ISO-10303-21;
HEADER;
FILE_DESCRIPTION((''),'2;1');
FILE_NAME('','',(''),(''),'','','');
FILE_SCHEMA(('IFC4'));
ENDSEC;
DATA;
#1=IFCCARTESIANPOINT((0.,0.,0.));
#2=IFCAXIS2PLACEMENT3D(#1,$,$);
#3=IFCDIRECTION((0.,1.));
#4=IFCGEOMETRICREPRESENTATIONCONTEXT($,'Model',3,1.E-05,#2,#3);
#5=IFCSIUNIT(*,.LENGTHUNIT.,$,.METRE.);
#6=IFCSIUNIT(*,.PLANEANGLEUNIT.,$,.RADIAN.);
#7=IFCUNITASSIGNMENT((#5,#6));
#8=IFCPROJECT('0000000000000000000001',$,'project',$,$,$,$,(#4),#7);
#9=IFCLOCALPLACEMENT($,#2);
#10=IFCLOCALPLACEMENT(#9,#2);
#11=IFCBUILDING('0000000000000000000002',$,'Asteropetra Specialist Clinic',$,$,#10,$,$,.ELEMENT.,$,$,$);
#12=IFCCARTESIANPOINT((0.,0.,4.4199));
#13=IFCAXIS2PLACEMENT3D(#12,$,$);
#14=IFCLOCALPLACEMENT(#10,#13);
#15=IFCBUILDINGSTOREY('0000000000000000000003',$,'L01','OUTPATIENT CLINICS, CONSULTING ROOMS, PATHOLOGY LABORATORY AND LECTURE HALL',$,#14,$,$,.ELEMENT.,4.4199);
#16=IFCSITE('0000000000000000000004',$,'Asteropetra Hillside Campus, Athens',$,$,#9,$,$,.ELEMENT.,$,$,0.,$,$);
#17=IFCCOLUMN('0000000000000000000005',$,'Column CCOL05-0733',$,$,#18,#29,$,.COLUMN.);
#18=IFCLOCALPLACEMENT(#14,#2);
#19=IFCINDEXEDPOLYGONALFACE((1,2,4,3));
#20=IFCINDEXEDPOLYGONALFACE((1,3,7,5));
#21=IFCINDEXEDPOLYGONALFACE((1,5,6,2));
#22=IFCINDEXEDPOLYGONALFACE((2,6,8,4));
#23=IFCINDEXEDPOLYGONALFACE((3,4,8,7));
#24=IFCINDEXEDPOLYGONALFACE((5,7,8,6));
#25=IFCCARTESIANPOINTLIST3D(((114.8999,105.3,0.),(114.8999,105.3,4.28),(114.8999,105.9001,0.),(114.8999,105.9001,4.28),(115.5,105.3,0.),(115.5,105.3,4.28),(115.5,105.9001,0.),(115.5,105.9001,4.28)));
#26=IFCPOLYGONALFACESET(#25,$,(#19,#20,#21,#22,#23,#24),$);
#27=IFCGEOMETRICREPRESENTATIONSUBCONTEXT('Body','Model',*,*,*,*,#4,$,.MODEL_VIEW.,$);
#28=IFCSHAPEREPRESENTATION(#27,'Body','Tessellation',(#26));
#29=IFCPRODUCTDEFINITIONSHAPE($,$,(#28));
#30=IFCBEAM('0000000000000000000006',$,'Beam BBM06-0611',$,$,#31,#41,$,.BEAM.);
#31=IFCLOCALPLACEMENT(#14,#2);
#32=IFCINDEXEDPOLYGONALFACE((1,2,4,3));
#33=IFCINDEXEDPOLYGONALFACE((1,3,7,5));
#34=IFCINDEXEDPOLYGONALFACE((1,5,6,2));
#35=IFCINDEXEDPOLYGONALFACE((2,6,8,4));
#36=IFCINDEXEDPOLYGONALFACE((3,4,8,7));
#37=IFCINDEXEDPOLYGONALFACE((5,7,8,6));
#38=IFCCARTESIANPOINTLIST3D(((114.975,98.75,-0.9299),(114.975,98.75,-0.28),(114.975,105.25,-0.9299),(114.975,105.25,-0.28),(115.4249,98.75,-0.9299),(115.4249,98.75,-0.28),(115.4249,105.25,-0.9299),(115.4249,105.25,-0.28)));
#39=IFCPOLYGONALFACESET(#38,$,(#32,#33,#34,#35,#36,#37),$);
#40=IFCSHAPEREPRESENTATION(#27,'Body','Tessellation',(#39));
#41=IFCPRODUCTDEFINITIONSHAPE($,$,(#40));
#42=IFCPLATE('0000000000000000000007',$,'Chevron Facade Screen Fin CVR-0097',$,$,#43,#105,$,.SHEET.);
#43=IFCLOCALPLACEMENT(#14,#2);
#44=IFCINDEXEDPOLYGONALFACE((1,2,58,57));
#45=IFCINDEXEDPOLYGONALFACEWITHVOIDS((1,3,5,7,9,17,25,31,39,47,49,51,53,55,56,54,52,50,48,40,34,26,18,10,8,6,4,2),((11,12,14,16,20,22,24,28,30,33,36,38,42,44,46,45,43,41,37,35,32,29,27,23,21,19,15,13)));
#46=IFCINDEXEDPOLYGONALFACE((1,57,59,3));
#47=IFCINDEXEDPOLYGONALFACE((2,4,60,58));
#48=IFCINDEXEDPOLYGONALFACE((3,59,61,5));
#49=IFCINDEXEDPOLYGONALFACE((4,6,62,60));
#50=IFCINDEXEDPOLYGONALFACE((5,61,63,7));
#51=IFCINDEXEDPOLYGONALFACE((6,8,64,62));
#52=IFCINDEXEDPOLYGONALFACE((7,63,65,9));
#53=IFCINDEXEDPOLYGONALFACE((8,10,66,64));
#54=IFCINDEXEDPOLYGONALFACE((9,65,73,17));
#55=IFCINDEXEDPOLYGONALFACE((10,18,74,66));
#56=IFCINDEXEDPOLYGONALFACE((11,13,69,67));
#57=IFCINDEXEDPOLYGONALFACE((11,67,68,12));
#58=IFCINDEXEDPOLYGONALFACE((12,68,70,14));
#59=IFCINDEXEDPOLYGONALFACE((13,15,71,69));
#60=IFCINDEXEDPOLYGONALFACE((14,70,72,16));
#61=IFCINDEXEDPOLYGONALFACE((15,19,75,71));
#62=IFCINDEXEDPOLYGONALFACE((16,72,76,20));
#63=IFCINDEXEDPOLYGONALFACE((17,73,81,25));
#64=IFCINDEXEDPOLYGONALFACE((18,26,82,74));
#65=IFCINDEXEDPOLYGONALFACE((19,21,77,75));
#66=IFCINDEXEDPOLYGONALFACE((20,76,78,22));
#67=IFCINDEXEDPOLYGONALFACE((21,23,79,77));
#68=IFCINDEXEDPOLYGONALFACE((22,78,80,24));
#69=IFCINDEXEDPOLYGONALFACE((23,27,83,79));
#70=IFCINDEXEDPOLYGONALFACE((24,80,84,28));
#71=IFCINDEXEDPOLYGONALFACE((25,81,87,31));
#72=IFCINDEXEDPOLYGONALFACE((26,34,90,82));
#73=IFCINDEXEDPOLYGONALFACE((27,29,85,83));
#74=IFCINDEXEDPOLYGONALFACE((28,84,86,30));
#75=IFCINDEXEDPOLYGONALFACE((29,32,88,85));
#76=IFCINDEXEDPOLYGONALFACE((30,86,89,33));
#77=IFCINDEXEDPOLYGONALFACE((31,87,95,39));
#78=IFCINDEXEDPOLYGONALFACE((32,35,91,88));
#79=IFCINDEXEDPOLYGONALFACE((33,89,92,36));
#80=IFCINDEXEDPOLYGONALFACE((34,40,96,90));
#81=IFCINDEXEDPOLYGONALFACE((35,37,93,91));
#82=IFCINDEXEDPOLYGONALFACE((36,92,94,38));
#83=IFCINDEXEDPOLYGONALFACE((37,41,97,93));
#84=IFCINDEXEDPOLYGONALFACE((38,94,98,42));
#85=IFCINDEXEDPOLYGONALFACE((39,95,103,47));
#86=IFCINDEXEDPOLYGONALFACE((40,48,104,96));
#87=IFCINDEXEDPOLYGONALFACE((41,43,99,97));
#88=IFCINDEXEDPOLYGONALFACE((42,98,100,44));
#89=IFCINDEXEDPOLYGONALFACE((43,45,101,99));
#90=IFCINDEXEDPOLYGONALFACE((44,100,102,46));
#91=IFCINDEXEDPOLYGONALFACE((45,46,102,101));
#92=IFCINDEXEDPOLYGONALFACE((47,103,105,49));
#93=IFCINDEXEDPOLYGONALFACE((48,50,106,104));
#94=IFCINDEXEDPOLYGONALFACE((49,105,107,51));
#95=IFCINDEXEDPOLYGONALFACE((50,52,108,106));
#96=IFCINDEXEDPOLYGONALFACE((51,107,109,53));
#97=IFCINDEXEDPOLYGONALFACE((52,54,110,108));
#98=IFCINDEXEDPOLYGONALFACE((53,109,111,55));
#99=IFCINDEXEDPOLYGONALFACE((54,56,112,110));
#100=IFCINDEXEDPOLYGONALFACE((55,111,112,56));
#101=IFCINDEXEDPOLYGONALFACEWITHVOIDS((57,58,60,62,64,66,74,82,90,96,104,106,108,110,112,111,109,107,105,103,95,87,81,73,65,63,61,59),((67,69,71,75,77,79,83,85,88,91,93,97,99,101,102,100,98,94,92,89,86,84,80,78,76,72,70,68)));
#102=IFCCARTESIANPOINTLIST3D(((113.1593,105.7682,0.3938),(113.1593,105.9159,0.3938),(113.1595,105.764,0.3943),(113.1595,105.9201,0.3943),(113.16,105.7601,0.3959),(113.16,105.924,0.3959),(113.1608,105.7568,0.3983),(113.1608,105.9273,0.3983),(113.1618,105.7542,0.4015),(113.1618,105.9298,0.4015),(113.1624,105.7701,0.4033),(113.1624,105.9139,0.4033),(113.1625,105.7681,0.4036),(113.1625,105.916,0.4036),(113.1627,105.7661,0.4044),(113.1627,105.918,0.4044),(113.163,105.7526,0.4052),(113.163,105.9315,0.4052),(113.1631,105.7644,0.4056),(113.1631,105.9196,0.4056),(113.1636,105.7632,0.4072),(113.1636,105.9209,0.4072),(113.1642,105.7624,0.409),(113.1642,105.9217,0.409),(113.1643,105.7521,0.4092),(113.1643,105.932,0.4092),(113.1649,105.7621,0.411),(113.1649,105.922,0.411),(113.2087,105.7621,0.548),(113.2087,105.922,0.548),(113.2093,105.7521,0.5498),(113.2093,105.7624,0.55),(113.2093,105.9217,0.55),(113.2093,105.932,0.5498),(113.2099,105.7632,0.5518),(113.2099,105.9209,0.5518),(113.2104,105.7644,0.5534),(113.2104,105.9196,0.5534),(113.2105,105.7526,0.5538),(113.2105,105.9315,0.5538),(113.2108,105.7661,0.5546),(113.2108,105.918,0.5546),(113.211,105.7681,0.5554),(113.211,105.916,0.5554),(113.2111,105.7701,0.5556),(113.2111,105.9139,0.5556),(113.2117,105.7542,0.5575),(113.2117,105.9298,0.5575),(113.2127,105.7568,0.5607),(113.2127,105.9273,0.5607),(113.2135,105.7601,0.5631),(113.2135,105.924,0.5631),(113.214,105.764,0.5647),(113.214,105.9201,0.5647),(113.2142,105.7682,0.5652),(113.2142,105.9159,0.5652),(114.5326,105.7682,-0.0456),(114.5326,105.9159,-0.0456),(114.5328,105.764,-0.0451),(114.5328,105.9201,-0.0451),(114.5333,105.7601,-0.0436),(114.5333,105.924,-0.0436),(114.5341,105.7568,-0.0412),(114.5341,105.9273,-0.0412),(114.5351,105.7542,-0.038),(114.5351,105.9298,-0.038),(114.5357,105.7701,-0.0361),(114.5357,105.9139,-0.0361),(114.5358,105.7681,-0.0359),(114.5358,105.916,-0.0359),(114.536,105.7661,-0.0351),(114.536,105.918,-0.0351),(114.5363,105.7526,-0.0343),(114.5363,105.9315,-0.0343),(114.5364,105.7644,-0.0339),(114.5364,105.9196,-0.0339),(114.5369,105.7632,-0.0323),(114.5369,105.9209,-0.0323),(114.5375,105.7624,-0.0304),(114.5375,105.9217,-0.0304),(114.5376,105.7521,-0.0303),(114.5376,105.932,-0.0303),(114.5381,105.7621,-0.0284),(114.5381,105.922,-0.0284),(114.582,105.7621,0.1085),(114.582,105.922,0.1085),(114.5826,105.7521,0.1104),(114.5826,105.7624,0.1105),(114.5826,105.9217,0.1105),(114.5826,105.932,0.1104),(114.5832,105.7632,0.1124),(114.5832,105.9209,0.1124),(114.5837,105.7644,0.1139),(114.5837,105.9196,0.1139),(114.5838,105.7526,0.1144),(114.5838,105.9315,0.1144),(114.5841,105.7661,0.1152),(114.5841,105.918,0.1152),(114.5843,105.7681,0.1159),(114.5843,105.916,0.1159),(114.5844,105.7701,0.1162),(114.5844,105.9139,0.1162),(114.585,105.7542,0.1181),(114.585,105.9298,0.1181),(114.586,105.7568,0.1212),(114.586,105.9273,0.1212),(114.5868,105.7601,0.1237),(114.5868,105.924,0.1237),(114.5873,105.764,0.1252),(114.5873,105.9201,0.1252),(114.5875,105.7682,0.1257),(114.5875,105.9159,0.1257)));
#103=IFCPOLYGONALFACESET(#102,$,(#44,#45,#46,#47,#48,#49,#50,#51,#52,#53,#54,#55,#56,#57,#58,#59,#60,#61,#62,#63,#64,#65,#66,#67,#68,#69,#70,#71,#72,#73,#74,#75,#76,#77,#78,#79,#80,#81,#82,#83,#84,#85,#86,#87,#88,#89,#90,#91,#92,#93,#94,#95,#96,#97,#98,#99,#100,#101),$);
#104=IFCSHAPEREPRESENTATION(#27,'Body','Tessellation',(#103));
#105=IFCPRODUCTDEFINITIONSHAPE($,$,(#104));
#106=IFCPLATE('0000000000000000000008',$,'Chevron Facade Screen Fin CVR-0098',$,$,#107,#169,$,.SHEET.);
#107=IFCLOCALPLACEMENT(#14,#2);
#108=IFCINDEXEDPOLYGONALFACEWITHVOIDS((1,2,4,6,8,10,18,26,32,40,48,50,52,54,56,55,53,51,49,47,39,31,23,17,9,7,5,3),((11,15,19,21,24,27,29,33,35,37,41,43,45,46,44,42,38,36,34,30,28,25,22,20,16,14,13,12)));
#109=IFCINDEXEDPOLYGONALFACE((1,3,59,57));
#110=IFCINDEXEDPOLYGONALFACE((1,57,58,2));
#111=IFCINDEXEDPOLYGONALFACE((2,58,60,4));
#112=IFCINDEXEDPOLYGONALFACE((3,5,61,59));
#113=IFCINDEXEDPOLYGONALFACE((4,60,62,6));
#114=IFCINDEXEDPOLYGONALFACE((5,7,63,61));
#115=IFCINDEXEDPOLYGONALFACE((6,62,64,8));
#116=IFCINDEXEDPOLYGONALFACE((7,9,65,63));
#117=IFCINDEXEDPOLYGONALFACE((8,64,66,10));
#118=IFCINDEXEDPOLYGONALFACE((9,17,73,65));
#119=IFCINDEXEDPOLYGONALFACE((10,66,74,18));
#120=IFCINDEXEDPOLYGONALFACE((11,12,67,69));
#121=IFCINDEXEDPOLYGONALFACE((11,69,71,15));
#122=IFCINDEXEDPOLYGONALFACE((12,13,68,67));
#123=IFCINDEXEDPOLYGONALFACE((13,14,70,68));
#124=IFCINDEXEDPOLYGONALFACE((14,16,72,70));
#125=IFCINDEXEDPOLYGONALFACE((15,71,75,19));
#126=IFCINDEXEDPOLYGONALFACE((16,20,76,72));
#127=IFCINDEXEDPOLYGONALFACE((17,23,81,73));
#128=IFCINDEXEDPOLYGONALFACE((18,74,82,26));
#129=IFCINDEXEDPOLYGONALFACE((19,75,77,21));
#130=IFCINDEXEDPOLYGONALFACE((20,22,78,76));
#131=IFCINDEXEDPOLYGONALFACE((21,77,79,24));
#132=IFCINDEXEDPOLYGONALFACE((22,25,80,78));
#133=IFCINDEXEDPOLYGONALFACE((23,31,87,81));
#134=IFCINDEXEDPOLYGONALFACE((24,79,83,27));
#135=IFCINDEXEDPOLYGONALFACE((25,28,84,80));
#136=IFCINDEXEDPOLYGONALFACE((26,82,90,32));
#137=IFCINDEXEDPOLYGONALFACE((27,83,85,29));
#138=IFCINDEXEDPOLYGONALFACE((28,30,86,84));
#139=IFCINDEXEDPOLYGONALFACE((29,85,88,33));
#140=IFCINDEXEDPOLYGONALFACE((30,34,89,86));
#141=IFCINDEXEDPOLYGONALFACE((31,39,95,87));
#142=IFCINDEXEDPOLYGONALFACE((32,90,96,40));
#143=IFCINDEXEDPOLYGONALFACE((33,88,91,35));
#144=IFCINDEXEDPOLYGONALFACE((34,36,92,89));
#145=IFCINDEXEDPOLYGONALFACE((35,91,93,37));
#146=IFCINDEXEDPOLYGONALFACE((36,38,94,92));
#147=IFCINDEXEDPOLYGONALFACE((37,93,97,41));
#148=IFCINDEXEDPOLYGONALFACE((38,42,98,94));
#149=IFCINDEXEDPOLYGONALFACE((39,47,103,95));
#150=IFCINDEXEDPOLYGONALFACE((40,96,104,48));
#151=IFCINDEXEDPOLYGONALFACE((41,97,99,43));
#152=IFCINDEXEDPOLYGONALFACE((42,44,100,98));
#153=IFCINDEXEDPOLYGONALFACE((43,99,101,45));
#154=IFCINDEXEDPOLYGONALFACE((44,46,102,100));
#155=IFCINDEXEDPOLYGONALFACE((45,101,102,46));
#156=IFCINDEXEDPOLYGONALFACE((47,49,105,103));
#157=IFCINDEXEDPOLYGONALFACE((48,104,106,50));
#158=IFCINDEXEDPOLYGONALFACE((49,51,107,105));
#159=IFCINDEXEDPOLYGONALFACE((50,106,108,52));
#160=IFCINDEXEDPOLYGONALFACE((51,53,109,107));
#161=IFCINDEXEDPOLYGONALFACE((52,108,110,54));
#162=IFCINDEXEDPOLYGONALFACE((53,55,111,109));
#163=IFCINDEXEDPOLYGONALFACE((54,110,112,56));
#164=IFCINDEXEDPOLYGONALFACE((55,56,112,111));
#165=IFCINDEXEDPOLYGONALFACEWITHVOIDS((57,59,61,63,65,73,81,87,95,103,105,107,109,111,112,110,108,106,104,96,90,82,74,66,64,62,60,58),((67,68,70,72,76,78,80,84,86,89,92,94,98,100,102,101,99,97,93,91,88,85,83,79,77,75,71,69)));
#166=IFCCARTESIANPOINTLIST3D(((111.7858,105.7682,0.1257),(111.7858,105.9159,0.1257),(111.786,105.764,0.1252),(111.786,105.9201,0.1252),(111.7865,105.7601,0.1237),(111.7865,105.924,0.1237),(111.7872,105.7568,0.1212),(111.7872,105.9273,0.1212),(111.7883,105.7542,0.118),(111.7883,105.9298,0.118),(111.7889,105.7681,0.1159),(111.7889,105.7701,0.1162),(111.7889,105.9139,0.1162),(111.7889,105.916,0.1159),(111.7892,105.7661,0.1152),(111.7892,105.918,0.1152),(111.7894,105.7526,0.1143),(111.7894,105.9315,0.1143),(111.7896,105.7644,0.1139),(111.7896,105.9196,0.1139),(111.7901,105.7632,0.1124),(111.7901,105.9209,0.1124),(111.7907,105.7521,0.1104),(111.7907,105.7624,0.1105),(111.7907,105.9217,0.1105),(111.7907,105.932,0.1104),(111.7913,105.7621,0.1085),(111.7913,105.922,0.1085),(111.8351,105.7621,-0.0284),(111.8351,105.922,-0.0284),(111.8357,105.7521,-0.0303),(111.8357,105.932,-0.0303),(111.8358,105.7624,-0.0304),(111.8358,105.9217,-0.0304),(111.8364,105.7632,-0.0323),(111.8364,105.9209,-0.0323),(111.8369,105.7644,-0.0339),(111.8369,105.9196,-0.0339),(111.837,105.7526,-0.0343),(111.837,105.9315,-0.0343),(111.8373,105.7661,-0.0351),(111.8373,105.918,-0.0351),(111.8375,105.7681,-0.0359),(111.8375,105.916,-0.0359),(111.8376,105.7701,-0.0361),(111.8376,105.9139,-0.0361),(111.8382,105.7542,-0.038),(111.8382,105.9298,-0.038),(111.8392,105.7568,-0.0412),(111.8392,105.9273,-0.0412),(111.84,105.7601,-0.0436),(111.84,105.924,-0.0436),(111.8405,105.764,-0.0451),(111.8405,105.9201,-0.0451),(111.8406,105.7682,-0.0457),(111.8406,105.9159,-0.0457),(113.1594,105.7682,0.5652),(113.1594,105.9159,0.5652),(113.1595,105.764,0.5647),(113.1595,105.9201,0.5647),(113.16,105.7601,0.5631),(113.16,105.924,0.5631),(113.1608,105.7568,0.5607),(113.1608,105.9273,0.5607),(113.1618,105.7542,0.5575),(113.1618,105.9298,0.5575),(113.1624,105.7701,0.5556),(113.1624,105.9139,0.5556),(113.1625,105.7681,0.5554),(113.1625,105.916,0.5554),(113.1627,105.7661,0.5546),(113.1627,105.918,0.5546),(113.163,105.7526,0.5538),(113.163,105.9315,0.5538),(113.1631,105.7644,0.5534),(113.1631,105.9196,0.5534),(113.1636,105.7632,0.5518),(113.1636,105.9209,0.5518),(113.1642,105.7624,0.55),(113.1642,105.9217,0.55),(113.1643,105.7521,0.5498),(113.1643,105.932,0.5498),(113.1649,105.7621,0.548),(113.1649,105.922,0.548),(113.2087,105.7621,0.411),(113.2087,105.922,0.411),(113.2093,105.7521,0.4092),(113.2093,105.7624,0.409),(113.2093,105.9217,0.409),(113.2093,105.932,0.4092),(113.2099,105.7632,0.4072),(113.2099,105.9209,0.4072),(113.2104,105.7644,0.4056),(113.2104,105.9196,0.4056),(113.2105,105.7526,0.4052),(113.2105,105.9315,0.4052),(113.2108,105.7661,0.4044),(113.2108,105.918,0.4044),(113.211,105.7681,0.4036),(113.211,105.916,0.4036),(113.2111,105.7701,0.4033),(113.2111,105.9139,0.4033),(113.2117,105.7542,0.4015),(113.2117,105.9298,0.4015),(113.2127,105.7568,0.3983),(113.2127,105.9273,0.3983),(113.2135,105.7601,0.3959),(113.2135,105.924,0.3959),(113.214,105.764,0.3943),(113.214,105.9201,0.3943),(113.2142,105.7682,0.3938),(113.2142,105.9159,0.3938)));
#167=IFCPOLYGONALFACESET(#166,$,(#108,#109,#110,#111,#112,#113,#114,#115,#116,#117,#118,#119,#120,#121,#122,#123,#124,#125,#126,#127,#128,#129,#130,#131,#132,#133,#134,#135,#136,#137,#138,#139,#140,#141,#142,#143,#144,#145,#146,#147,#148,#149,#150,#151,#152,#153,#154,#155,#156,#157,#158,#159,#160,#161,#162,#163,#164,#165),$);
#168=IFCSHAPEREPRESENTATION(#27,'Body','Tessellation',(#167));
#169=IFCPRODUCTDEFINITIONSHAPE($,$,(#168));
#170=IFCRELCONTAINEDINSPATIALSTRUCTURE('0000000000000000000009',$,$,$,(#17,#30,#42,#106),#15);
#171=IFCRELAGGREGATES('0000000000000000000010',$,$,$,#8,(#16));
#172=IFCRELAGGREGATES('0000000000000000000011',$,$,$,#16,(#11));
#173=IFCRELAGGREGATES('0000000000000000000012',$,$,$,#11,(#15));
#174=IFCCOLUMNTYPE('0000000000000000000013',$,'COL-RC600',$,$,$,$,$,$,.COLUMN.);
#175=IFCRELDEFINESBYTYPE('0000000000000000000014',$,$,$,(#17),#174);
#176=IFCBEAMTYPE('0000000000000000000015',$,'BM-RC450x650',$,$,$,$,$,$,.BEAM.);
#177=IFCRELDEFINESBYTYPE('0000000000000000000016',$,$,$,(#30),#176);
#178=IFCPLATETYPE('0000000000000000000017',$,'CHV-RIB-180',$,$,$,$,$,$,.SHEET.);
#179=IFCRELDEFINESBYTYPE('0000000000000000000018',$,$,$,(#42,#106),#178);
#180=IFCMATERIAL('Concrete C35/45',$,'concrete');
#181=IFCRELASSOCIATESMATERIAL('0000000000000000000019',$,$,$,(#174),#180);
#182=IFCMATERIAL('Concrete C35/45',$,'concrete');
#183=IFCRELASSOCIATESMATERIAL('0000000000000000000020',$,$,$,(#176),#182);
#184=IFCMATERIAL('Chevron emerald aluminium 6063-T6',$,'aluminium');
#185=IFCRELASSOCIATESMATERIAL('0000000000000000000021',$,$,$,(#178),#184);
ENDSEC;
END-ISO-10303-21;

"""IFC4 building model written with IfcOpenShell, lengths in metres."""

from ifc_helpers import new_model, si_unit, direction, frame, origin, origin_2d, place, context, subcontext, project, spatial, rectangle, hollow_rectangle, extrude, material, material_profile, profile_set, type_object, element, save


model = new_model("IFC4")

# Units and contexts
model_context = context("Model", 3, precision=1e-05, world=origin(), true_north=direction((0.0, 1.0)))
body_context = subcontext(model_context, "Body", "Model", "MODEL_VIEW")
ifc_project = project(units=[si_unit("LENGTHUNIT", "METRE"), si_unit("PLANEANGLEUNIT", "RADIAN")], contexts=[model_context])

# Site, building, storey
site_placement = place(None, origin())
site = spatial("IfcSite", under=ifc_project, at=site_placement, Name="Asteropetra Hillside Campus, Athens", CompositionType="ELEMENT", RefElevation=0.0)
building_placement = place(site_placement, origin())
building = spatial("IfcBuilding", under=site, at=building_placement, Name="Asteropetra Specialist Clinic", CompositionType="ELEMENT")
storey_placement = place(building_placement, frame((0.0, 0.0, 4.4199)))
storey = spatial("IfcBuildingStorey", under=building, at=storey_placement, Name="L01", Description="OUTPATIENT CLINICS, CONSULTING ROOMS, PATHOLOGY LABORATORY AND LECTURE HALL", CompositionType="ELEMENT", Elevation=4.4199)

# Column
ifc_material_1 = material(Name="Concrete C35/45", Category="concrete")
ifc_material_profile_1 = material_profile(ifc_material_1, rectangle(XDim=0.6001, YDim=0.6001, at=origin_2d()), Name="RC 600x600")
ifc_profile_set_1 = profile_set([ifc_material_profile_1], Name="Concrete C35/45")
column_type = type_object("IfcColumnType", Name="COL-RC600", PredefinedType="COLUMN", material=ifc_profile_set_1)
column_placement = place(storey_placement, frame((115.2, 105.6001, 0.0), z_axis=(0.0, 0.0, 1.0), x_axis=(1.0, 0.0, 0.0)))
element("IfcColumn", 1, at=column_placement, inside=storey, type_object=column_type, Name="Column CCOL05-0733", PredefinedType="COLUMN", context=body_context, shape_type="SweptSolid", body=[
    extrude(rectangle(XDim=0.6001, YDim=0.6001, at=origin_2d()), origin(), (0.0, 0.0, 1.0), 4.28),
])

# Beam
ifc_material_2 = material(Name="Concrete C35/45", Category="concrete")
ifc_material_profile_2 = material_profile(ifc_material_2, rectangle(XDim=0.45, YDim=0.6499, at=origin_2d()), Name="RCB 450x650")
ifc_profile_set_2 = profile_set([ifc_material_profile_2], Name="Concrete C35/45")
beam_type = type_object("IfcBeamType", Name="BM-RC450x650", PredefinedType="BEAM", material=ifc_profile_set_2)
beam_placement = place(storey_placement, frame((115.2, 98.75, -0.605), z_axis=(0.0, 1.0, 0.0), x_axis=(-1.0, 0.0, 0.0)))
element("IfcBeam", 2, at=beam_placement, inside=storey, type_object=beam_type, Name="Beam BBM06-0611", PredefinedType="BEAM", context=body_context, shape_type="SweptSolid", body=[
    extrude(rectangle(XDim=0.45, YDim=0.6499, at=origin_2d()), origin(), (0.0, 0.0, 1.0), 6.5),
])

# Plates
ifc_material_3 = material(Name="Chevron emerald aluminium 6063-T6", Category="aluminium")
ifc_material_profile_3 = material_profile(ifc_material_3, hollow_rectangle(XDim=0.1799, YDim=0.1799, WallThickness=0.01, InnerFilletRadius=0.0081, OuterFilletRadius=0.0161, at=origin_2d()), Name="SHS 180x180x10.0")
ifc_profile_set_3 = profile_set([ifc_material_profile_3], Name="Chevron emerald aluminium 6063-T6")
plate_type = type_object("IfcPlateType", Name="CHV-RIB-180", PredefinedType="SHEET", material=ifc_profile_set_3)
plate_1_placement = place(storey_placement, frame((114.5601, 105.842, 0.04), z_axis=(-0.952424, 0.0, 0.304776), x_axis=(0.0, -1.0, 0.0)))
element("IfcPlate", 3, at=plate_1_placement, inside=storey, type_object=plate_type, Name="Chevron Facade Screen Fin CVR-0097", PredefinedType="SHEET", context=body_context, shape_type="SweptSolid", body=[
    extrude(hollow_rectangle(XDim=0.1799, YDim=0.1799, WallThickness=0.01, InnerFilletRadius=0.0081, OuterFilletRadius=0.0161, at=origin_2d()), origin(), (0.0, 0.0, 1.0), 1.4419),
])
plate_2_placement = place(storey_placement, frame((113.1868, 105.842, 0.4795), z_axis=(-0.95244, 0.0, -0.304727), x_axis=(0.0, -1.0, 0.0)))
element("IfcPlate", 4, at=plate_2_placement, inside=storey, type_object=plate_type, Name="Chevron Facade Screen Fin CVR-0098", PredefinedType="SHEET", context=body_context, shape_type="SweptSolid", body=[
    extrude(hollow_rectangle(XDim=0.1799, YDim=0.1799, WallThickness=0.01, InnerFilletRadius=0.0081, OuterFilletRadius=0.0161, at=origin_2d()), origin(), (0.0, 0.0, 1.0), 1.4421),
])

save(model, "model.ifc")
